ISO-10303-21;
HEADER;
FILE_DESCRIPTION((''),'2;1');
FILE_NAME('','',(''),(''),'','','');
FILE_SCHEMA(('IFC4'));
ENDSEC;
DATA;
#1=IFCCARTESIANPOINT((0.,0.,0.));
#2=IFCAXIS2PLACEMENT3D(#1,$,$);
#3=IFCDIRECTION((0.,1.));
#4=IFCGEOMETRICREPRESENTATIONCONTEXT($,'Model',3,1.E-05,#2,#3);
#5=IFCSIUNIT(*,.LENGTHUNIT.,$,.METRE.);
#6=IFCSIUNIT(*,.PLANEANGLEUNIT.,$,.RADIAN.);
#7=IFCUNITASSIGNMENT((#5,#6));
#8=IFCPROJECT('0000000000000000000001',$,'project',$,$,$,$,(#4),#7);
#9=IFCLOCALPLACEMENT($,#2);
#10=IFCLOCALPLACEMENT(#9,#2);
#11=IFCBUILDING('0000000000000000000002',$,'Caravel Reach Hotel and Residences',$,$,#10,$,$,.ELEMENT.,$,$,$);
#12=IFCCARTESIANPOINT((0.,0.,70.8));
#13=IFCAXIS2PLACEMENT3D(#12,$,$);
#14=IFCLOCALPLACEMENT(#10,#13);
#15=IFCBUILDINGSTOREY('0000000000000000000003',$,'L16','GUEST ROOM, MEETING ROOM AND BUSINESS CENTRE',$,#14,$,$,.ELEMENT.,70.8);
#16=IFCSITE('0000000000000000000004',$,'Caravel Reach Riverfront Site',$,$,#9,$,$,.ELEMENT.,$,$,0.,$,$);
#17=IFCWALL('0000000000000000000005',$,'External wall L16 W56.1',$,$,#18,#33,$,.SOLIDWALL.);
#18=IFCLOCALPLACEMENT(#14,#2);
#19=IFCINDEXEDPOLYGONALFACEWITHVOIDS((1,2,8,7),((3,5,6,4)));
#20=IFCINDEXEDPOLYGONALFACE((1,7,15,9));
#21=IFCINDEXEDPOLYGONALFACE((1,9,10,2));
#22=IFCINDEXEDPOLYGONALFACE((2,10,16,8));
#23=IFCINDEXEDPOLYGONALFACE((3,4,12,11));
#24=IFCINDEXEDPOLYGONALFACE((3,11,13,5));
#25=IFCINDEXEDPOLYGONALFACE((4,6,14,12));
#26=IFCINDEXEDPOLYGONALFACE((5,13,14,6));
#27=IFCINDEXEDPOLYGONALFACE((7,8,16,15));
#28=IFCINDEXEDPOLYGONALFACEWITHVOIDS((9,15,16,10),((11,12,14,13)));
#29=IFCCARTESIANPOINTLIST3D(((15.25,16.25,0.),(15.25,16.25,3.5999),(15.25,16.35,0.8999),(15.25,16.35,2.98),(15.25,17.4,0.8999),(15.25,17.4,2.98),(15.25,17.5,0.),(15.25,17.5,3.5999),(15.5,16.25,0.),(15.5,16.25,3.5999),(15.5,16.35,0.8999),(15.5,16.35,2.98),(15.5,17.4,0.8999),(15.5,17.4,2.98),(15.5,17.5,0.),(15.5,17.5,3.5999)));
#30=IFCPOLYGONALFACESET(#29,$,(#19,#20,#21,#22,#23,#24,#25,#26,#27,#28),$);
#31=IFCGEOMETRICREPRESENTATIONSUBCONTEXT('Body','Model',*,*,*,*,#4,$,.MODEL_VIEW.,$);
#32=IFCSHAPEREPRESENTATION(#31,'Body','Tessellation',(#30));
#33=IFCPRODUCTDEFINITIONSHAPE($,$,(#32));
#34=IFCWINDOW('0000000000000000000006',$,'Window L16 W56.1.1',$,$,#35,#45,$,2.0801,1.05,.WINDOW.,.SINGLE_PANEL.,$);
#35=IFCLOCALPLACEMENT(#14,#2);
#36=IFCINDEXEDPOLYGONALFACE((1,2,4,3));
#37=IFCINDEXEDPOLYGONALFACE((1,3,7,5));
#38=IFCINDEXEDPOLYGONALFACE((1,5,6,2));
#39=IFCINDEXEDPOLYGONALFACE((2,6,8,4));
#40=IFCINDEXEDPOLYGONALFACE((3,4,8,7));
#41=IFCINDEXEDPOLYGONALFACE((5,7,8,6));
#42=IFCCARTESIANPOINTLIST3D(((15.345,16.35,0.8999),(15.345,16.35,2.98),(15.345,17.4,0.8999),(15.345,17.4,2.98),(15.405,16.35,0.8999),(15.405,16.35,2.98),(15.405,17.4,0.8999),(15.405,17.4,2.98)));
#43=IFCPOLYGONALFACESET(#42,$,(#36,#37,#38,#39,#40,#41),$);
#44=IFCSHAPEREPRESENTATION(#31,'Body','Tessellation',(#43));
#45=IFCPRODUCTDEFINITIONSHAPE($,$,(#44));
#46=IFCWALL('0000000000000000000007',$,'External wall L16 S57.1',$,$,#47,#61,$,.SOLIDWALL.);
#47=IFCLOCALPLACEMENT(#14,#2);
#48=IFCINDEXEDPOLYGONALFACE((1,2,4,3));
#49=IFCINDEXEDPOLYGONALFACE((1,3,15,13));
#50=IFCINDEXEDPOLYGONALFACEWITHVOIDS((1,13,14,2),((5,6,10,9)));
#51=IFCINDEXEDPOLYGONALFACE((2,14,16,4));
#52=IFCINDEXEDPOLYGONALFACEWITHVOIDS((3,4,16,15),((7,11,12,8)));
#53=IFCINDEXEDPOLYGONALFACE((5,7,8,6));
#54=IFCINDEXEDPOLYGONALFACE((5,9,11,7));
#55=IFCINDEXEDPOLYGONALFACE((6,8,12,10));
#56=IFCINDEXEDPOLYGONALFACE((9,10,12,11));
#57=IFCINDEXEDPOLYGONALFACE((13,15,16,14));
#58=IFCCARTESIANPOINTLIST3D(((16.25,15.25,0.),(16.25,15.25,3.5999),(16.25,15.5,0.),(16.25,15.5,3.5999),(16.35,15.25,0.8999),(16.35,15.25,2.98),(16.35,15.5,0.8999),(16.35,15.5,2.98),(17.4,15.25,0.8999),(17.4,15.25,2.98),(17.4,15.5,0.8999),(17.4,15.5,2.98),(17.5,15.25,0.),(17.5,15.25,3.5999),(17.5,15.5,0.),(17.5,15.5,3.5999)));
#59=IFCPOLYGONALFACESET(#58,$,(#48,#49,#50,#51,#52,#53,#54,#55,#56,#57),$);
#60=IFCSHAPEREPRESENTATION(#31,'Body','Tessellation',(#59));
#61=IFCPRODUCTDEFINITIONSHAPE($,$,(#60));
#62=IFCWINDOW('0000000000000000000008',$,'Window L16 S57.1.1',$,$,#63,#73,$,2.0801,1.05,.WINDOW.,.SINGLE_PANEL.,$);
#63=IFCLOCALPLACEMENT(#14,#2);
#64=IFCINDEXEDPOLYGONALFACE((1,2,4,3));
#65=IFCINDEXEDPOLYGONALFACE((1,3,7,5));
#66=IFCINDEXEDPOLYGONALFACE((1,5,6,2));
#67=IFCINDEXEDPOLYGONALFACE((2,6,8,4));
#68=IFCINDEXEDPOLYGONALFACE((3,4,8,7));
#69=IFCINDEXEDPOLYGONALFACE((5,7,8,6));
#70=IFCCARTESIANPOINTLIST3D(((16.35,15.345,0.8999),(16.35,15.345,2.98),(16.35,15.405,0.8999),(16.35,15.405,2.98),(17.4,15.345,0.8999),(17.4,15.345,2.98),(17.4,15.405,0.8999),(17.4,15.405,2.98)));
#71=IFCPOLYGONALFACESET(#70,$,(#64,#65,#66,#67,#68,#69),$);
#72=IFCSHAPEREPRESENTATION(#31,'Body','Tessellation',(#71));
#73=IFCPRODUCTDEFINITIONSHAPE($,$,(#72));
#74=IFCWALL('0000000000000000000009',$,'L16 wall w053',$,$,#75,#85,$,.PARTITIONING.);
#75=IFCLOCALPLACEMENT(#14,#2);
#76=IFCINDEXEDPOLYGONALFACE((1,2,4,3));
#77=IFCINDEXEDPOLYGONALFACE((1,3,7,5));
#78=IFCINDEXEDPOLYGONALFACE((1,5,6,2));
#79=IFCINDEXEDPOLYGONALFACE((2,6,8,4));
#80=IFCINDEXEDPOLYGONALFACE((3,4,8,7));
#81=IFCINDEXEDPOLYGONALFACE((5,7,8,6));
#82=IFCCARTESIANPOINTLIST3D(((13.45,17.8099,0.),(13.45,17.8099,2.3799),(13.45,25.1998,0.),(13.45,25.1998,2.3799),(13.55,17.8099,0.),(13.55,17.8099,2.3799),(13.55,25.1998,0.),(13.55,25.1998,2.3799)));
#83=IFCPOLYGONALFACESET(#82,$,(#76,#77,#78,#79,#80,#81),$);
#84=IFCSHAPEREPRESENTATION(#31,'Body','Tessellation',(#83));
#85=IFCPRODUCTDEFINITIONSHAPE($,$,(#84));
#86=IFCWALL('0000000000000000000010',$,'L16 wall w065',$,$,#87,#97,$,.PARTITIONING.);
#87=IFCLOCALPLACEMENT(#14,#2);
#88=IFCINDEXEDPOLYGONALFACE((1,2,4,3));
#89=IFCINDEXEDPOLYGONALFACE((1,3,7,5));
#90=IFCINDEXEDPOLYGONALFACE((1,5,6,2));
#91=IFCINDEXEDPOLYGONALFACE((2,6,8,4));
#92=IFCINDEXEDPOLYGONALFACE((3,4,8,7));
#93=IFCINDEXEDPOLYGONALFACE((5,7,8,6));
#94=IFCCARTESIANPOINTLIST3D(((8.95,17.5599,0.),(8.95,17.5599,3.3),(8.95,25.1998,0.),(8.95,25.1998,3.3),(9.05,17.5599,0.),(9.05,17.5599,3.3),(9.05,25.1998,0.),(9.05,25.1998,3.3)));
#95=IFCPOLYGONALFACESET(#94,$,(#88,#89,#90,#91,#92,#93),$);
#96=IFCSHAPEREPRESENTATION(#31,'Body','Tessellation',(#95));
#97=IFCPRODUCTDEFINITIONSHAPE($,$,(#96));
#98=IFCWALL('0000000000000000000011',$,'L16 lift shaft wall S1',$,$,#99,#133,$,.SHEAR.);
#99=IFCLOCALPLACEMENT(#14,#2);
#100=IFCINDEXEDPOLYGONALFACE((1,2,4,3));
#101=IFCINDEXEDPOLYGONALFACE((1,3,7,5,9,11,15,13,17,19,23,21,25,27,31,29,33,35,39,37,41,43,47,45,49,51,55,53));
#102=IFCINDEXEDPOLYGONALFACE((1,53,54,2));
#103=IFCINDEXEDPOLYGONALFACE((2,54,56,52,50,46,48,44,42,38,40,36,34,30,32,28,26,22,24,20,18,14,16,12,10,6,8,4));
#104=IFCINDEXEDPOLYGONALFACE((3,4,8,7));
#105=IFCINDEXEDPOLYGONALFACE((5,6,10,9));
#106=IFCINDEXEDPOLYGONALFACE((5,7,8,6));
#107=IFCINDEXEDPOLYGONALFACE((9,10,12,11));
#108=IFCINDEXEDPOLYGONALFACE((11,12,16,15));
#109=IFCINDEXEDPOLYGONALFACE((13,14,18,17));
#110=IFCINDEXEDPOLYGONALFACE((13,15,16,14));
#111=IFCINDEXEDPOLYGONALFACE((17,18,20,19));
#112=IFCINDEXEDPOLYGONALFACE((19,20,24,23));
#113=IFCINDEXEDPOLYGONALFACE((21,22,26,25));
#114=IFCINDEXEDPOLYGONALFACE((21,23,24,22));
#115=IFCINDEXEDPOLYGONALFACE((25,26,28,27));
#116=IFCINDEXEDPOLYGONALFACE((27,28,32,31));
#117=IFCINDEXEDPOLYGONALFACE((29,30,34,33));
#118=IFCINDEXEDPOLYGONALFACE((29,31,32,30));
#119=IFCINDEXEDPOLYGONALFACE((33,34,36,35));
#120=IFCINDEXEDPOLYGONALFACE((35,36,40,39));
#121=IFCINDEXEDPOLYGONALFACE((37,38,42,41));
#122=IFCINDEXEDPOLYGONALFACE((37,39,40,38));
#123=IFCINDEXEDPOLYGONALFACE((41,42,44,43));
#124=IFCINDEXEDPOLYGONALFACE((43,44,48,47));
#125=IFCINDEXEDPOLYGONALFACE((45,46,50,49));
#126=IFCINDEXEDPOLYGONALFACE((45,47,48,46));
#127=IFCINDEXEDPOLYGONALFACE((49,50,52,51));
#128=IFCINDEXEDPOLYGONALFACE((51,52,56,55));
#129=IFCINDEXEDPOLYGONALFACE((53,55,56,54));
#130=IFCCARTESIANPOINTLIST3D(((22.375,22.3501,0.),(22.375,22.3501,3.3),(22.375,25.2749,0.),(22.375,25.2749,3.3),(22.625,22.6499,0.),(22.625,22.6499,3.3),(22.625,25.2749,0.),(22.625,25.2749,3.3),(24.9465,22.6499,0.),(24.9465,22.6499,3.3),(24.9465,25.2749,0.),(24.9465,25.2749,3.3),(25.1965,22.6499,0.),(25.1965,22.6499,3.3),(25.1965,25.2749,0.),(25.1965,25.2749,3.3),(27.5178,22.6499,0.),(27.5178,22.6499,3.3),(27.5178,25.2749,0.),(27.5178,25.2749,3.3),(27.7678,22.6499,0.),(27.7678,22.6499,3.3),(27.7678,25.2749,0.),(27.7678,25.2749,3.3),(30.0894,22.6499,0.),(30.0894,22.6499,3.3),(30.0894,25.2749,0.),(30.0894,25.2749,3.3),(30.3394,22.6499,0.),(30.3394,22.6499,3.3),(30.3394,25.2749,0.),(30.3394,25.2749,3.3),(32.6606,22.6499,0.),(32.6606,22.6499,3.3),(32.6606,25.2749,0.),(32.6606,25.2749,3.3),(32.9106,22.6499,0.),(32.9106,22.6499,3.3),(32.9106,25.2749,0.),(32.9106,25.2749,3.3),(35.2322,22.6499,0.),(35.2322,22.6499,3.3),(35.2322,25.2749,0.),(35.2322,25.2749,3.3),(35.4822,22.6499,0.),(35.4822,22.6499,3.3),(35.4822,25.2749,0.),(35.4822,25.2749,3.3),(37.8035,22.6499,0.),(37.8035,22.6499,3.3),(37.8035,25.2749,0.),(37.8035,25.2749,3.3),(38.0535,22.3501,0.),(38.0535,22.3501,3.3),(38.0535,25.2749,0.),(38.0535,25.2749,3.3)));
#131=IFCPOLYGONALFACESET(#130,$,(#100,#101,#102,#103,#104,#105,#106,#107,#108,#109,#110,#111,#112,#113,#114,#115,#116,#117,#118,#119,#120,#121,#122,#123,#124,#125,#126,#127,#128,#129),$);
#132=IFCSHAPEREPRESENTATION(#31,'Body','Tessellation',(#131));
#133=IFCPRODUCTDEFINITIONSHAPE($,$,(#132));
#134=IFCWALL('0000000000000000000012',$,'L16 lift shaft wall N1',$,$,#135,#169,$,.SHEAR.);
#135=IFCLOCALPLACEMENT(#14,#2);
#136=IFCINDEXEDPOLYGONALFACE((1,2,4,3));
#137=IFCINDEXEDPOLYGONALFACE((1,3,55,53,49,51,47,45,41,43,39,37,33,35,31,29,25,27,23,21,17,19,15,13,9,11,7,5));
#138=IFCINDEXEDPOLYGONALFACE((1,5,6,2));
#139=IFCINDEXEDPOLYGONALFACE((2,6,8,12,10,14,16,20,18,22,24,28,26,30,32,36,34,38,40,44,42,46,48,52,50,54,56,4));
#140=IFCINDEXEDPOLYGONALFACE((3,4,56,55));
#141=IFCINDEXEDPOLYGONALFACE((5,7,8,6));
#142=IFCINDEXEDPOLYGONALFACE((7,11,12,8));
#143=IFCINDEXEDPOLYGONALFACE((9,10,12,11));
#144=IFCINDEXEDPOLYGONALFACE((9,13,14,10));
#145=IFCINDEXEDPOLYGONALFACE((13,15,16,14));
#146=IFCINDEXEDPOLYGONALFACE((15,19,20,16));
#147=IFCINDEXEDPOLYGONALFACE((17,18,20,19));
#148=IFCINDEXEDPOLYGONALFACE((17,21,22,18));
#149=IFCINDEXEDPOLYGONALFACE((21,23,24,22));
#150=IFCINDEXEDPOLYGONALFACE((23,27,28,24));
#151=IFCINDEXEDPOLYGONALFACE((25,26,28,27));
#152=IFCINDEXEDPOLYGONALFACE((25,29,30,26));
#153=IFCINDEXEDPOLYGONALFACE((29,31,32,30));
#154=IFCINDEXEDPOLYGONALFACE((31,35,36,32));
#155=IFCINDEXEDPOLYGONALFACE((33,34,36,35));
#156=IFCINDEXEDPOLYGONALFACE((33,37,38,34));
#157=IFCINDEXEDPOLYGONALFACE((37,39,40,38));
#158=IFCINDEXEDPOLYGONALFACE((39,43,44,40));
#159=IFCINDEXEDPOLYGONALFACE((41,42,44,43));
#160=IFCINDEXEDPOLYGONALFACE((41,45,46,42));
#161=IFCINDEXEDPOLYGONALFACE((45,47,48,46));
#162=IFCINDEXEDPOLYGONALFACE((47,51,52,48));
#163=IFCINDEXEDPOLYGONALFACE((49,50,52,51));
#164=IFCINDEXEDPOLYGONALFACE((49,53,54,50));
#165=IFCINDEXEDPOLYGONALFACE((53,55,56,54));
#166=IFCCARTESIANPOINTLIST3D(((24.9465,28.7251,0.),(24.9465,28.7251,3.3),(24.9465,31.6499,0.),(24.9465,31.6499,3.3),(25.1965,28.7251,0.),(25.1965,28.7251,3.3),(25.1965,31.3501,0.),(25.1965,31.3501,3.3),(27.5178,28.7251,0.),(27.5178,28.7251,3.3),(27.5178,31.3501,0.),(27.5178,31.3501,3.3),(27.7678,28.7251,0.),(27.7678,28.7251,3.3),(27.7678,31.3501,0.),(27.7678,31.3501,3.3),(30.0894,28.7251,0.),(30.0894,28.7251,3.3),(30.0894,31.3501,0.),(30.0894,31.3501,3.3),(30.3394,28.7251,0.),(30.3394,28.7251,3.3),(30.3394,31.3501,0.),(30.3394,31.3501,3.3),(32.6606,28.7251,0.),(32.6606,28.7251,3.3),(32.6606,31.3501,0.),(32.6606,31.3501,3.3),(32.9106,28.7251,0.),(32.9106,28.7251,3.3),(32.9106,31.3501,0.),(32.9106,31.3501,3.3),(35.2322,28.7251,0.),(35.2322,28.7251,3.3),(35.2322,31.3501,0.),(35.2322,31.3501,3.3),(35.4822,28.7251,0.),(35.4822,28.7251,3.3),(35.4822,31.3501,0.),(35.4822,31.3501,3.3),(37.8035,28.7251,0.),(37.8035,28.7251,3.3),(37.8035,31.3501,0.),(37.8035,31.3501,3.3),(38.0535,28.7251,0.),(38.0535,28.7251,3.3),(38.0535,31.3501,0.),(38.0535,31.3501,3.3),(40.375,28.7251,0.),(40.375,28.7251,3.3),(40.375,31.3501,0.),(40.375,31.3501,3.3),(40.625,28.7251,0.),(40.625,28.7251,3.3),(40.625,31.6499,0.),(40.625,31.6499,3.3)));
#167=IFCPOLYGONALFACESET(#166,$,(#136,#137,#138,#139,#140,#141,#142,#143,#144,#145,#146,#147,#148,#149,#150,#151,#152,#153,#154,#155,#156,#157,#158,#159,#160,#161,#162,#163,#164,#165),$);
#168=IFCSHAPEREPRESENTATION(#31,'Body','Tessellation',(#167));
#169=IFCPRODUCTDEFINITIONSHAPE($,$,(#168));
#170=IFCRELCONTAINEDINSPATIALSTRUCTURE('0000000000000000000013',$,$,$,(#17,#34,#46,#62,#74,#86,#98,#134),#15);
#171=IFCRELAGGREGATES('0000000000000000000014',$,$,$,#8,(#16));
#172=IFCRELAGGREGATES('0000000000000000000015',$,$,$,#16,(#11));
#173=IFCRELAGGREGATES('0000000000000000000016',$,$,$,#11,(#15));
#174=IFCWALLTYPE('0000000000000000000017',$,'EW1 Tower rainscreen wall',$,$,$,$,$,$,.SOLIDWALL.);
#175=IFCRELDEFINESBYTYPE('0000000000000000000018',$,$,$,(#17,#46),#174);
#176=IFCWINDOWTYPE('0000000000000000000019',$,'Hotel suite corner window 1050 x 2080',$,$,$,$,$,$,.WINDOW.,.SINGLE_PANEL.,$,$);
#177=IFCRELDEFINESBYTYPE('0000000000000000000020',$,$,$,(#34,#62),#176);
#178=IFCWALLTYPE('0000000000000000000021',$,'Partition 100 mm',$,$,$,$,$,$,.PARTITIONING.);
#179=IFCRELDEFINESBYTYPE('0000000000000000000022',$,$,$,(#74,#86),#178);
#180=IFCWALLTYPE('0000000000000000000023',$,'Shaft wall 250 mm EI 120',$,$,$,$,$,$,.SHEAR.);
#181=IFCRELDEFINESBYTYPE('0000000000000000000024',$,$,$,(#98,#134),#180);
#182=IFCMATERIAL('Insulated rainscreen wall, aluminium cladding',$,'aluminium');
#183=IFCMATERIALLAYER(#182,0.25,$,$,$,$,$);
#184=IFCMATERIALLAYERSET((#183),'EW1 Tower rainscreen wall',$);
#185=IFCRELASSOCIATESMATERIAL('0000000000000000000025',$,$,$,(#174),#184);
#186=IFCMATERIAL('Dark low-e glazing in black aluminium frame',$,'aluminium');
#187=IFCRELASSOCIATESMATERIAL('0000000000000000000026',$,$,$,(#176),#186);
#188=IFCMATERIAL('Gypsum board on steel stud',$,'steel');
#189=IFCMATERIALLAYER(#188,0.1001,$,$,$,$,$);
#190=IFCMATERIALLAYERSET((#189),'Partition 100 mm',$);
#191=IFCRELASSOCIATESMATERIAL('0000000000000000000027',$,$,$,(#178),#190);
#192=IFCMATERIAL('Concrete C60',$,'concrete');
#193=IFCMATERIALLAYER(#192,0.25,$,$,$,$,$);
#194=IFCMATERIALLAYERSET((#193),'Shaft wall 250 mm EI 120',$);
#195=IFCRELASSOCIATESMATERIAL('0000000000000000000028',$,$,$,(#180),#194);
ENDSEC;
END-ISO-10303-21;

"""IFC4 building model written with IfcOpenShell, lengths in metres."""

from ifc_helpers import new_model, si_unit, direction, frame, frame_2d, origin, place, context, subcontext, project, spatial, polyline, rectangle, outline, extrude, material, layer, layer_set, type_object, element, fill, save


model = new_model("IFC4")

# Units and contexts
model_context = context("Model", 3, precision=1e-05, world=origin(), true_north=direction((0.0, 1.0)))
body_context = subcontext(model_context, "Body", "Model", "MODEL_VIEW")
ifc_project = project(units=[si_unit("LENGTHUNIT", "METRE"), si_unit("PLANEANGLEUNIT", "RADIAN")], contexts=[model_context])

# Site, building, storey
site_placement = place(None, origin())
site = spatial("IfcSite", under=ifc_project, at=site_placement, Name="Caravel Reach Riverfront Site", CompositionType="ELEMENT", RefElevation=0.0)
building_placement = place(site_placement, origin())
building = spatial("IfcBuilding", under=site, at=building_placement, Name="Caravel Reach Hotel and Residences", CompositionType="ELEMENT")
storey_placement = place(building_placement, frame((0.0, 0.0, 70.8)))
storey = spatial("IfcBuildingStorey", under=building, at=storey_placement, Name="L16", Description="GUEST ROOM, MEETING ROOM AND BUSINESS CENTRE", CompositionType="ELEMENT", Elevation=70.8)

# Shared definitions
ifc_material_1 = material(Name="Insulated rainscreen wall, aluminium cladding", Category="aluminium")
ifc_layer_1 = layer(ifc_material_1, 0.25)
ifc_layer_set_1 = layer_set([ifc_layer_1], Name="EW1 Tower rainscreen wall")
wall_type_1 = type_object("IfcWallType", Name="EW1 Tower rainscreen wall", PredefinedType="SOLIDWALL", material=ifc_layer_set_1)

# Walls, openings, windows
ifc_material_2 = material(Name="Dark low-e glazing in black aluminium frame", Category="aluminium")
window_type_1 = type_object("IfcWindowType", Name="Hotel suite corner window 1050 x 2080", PartitioningType="SINGLE_PANEL", PredefinedType="WINDOW", material=ifc_material_2)
wall_1_placement = place(storey_placement, frame((15.375, 17.5, 0.0), z_axis=(0.0, 0.0, 1.0), x_axis=(0.0, -1.0, 0.0)))
wall_1 = element("IfcWall", 1, at=wall_1_placement, inside=storey, type_object=wall_type_1, Name="External wall L16 W56.1", PredefinedType="SOLIDWALL", context=body_context, shape_type="SweptSolid", body=[
    extrude(rectangle(XDim=1.25, YDim=0.25, at=frame_2d((0.625, 0.0))), origin(), (0.0, 0.0, 1.0), 3.5999),
])
opening_1_placement = place(wall_1_placement, frame((0.1001, 0.0, 0.8999)))
opening_1 = element("IfcOpeningElement", 2, at=opening_1_placement, cuts=wall_1, PredefinedType="OPENING", context=body_context, shape_type="SweptSolid", body=[
    extrude(rectangle(XDim=1.05, YDim=2.0801, at=frame_2d((0.5249, 1.04))), frame((0.0, 0.135, 0.0), z_axis=(0.0, -1.0, 0.0), x_axis=(1.0, 0.0, 0.0)), (0.0, 0.0, 1.0), 0.27),
])
window_1_placement = place(opening_1_placement, origin())
window_1 = element("IfcWindow", 3, at=window_1_placement, inside=storey, type_object=window_type_1, Name="Window L16 W56.1.1", OverallHeight=2.0801, OverallWidth=1.05, PartitioningType="SINGLE_PANEL", PredefinedType="WINDOW", context=body_context, shape_type="SweptSolid", body=[
    extrude(rectangle(XDim=1.05, YDim=2.0801, at=frame_2d((0.5249, 1.04))), frame((0.0, 0.03, 0.0), z_axis=(0.0, -1.0, 0.0), x_axis=(1.0, 0.0, 0.0)), (0.0, 0.0, 1.0), 0.0601),
])
fill(opening_1, window_1)
wall_2_placement = place(storey_placement, frame((16.25, 15.375, 0.0), z_axis=(0.0, 0.0, 1.0), x_axis=(1.0, 0.0, 0.0)))
wall_2 = element("IfcWall", 4, at=wall_2_placement, inside=storey, type_object=wall_type_1, Name="External wall L16 S57.1", PredefinedType="SOLIDWALL", context=body_context, shape_type="SweptSolid", body=[
    extrude(rectangle(XDim=1.25, YDim=0.25, at=frame_2d((0.625, 0.0))), origin(), (0.0, 0.0, 1.0), 3.5999),
])
opening_2_placement = place(wall_2_placement, frame((0.1001, 0.0, 0.8999)))
opening_2 = element("IfcOpeningElement", 5, at=opening_2_placement, cuts=wall_2, PredefinedType="OPENING", context=body_context, shape_type="SweptSolid", body=[
    extrude(rectangle(XDim=1.05, YDim=2.0801, at=frame_2d((0.5249, 1.04))), frame((0.0, 0.135, 0.0), z_axis=(0.0, -1.0, 0.0), x_axis=(1.0, 0.0, 0.0)), (0.0, 0.0, 1.0), 0.27),
])
window_2_placement = place(opening_2_placement, origin())
window_2 = element("IfcWindow", 6, at=window_2_placement, inside=storey, type_object=window_type_1, Name="Window L16 S57.1.1", OverallHeight=2.0801, OverallWidth=1.05, PartitioningType="SINGLE_PANEL", PredefinedType="WINDOW", context=body_context, shape_type="SweptSolid", body=[
    extrude(rectangle(XDim=1.05, YDim=2.0801, at=frame_2d((0.5249, 1.04))), frame((0.0, 0.03, 0.0), z_axis=(0.0, -1.0, 0.0), x_axis=(1.0, 0.0, 0.0)), (0.0, 0.0, 1.0), 0.0601),
])
fill(opening_2, window_2)

# Walls
ifc_material_3 = material(Name="Gypsum board on steel stud", Category="steel")
ifc_layer_2 = layer(ifc_material_3, 0.1001)
ifc_layer_set_2 = layer_set([ifc_layer_2], Name="Partition 100 mm")
wall_type_2 = type_object("IfcWallType", Name="Partition 100 mm", PredefinedType="PARTITIONING", material=ifc_layer_set_2)
wall_3_placement = place(storey_placement, frame((13.5, 17.8101, 0.0), z_axis=(0.0, 0.0, 1.0), x_axis=(0.0, 1.0, 0.0)))
element("IfcWall", 7, at=wall_3_placement, inside=storey, type_object=wall_type_2, Name="L16 wall w053", PredefinedType="PARTITIONING", context=body_context, shape_type="SweptSolid", body=[
    extrude(rectangle(XDim=7.3899, YDim=0.1001, at=frame_2d((3.6948, 0.0))), origin(), (0.0, 0.0, 1.0), 2.3799),
])
wall_4_placement = place(storey_placement, frame((9.0, 17.5601, 0.0), z_axis=(0.0, 0.0, 1.0), x_axis=(0.0, 1.0, 0.0)))
element("IfcWall", 8, at=wall_4_placement, inside=storey, type_object=wall_type_2, Name="L16 wall w065", PredefinedType="PARTITIONING", context=body_context, shape_type="SweptSolid", body=[
    extrude(rectangle(XDim=7.6399, YDim=0.1001, at=frame_2d((3.8198, 0.0))), origin(), (0.0, 0.0, 1.0), 3.3),
])
ifc_material_4 = material(Name="Concrete C60", Category="concrete")
ifc_layer_3 = layer(ifc_material_4, 0.25)
ifc_layer_set_3 = layer_set([ifc_layer_3], Name="Shaft wall 250 mm EI 120")
wall_type_3 = type_object("IfcWallType", Name="Shaft wall 250 mm EI 120", PredefinedType="SHEAR", material=ifc_layer_set_3)
wall_5_placement = place(storey_placement, origin())
element("IfcWall", 9, at=wall_5_placement, inside=storey, type_object=wall_type_3, Name="L16 lift shaft wall S1", PredefinedType="SHEAR", context=body_context, shape_type="SweptSolid", body=[
    extrude(outline(polyline([(22.375, 22.3501), (38.0535, 22.3501), (38.0535, 25.2749), (37.8035, 25.2749), (37.8035, 22.6499), (35.4822, 22.6499), (35.4822, 25.2749), (35.2322, 25.2749), (35.2322, 22.6499), (32.9106, 22.6499), (32.9106, 25.2749), (32.6606, 25.2749), (32.6606, 22.6499), (30.3394, 22.6499), (30.3394, 25.2749), (30.0894, 25.2749), (30.0894, 22.6499), (27.7678, 22.6499), (27.7678, 25.2749), (27.5178, 25.2749), (27.5178, 22.6499), (25.1965, 22.6499), (25.1965, 25.2749), (24.9465, 25.2749), (24.9465, 22.6499), (22.625, 22.6499), (22.625, 25.2749), (22.375, 25.2749), (22.375, 22.3501)])), origin(), (0.0, 0.0, 1.0), 3.3),
])
wall_6_placement = place(storey_placement, origin())
element("IfcWall", 10, at=wall_6_placement, inside=storey, type_object=wall_type_3, Name="L16 lift shaft wall N1", PredefinedType="SHEAR", context=body_context, shape_type="SweptSolid", body=[
    extrude(outline(polyline([(24.9465, 28.7251), (25.1965, 28.7251), (25.1965, 31.3501), (27.5178, 31.3501), (27.5178, 28.7251), (27.7678, 28.7251), (27.7678, 31.3501), (30.0894, 31.3501), (30.0894, 28.7251), (30.3394, 28.7251), (30.3394, 31.3501), (32.6606, 31.3501), (32.6606, 28.7251), (32.9106, 28.7251), (32.9106, 31.3501), (35.2322, 31.3501), (35.2322, 28.7251), (35.4822, 28.7251), (35.4822, 31.3501), (37.8035, 31.3501), (37.8035, 28.7251), (38.0535, 28.7251), (38.0535, 31.3501), (40.375, 31.3501), (40.375, 28.7251), (40.625, 28.7251), (40.625, 31.6499), (24.9465, 31.6499), (24.9465, 28.7251)])), origin(), (0.0, 0.0, 1.0), 3.3),
])

save(model, "model.ifc")
